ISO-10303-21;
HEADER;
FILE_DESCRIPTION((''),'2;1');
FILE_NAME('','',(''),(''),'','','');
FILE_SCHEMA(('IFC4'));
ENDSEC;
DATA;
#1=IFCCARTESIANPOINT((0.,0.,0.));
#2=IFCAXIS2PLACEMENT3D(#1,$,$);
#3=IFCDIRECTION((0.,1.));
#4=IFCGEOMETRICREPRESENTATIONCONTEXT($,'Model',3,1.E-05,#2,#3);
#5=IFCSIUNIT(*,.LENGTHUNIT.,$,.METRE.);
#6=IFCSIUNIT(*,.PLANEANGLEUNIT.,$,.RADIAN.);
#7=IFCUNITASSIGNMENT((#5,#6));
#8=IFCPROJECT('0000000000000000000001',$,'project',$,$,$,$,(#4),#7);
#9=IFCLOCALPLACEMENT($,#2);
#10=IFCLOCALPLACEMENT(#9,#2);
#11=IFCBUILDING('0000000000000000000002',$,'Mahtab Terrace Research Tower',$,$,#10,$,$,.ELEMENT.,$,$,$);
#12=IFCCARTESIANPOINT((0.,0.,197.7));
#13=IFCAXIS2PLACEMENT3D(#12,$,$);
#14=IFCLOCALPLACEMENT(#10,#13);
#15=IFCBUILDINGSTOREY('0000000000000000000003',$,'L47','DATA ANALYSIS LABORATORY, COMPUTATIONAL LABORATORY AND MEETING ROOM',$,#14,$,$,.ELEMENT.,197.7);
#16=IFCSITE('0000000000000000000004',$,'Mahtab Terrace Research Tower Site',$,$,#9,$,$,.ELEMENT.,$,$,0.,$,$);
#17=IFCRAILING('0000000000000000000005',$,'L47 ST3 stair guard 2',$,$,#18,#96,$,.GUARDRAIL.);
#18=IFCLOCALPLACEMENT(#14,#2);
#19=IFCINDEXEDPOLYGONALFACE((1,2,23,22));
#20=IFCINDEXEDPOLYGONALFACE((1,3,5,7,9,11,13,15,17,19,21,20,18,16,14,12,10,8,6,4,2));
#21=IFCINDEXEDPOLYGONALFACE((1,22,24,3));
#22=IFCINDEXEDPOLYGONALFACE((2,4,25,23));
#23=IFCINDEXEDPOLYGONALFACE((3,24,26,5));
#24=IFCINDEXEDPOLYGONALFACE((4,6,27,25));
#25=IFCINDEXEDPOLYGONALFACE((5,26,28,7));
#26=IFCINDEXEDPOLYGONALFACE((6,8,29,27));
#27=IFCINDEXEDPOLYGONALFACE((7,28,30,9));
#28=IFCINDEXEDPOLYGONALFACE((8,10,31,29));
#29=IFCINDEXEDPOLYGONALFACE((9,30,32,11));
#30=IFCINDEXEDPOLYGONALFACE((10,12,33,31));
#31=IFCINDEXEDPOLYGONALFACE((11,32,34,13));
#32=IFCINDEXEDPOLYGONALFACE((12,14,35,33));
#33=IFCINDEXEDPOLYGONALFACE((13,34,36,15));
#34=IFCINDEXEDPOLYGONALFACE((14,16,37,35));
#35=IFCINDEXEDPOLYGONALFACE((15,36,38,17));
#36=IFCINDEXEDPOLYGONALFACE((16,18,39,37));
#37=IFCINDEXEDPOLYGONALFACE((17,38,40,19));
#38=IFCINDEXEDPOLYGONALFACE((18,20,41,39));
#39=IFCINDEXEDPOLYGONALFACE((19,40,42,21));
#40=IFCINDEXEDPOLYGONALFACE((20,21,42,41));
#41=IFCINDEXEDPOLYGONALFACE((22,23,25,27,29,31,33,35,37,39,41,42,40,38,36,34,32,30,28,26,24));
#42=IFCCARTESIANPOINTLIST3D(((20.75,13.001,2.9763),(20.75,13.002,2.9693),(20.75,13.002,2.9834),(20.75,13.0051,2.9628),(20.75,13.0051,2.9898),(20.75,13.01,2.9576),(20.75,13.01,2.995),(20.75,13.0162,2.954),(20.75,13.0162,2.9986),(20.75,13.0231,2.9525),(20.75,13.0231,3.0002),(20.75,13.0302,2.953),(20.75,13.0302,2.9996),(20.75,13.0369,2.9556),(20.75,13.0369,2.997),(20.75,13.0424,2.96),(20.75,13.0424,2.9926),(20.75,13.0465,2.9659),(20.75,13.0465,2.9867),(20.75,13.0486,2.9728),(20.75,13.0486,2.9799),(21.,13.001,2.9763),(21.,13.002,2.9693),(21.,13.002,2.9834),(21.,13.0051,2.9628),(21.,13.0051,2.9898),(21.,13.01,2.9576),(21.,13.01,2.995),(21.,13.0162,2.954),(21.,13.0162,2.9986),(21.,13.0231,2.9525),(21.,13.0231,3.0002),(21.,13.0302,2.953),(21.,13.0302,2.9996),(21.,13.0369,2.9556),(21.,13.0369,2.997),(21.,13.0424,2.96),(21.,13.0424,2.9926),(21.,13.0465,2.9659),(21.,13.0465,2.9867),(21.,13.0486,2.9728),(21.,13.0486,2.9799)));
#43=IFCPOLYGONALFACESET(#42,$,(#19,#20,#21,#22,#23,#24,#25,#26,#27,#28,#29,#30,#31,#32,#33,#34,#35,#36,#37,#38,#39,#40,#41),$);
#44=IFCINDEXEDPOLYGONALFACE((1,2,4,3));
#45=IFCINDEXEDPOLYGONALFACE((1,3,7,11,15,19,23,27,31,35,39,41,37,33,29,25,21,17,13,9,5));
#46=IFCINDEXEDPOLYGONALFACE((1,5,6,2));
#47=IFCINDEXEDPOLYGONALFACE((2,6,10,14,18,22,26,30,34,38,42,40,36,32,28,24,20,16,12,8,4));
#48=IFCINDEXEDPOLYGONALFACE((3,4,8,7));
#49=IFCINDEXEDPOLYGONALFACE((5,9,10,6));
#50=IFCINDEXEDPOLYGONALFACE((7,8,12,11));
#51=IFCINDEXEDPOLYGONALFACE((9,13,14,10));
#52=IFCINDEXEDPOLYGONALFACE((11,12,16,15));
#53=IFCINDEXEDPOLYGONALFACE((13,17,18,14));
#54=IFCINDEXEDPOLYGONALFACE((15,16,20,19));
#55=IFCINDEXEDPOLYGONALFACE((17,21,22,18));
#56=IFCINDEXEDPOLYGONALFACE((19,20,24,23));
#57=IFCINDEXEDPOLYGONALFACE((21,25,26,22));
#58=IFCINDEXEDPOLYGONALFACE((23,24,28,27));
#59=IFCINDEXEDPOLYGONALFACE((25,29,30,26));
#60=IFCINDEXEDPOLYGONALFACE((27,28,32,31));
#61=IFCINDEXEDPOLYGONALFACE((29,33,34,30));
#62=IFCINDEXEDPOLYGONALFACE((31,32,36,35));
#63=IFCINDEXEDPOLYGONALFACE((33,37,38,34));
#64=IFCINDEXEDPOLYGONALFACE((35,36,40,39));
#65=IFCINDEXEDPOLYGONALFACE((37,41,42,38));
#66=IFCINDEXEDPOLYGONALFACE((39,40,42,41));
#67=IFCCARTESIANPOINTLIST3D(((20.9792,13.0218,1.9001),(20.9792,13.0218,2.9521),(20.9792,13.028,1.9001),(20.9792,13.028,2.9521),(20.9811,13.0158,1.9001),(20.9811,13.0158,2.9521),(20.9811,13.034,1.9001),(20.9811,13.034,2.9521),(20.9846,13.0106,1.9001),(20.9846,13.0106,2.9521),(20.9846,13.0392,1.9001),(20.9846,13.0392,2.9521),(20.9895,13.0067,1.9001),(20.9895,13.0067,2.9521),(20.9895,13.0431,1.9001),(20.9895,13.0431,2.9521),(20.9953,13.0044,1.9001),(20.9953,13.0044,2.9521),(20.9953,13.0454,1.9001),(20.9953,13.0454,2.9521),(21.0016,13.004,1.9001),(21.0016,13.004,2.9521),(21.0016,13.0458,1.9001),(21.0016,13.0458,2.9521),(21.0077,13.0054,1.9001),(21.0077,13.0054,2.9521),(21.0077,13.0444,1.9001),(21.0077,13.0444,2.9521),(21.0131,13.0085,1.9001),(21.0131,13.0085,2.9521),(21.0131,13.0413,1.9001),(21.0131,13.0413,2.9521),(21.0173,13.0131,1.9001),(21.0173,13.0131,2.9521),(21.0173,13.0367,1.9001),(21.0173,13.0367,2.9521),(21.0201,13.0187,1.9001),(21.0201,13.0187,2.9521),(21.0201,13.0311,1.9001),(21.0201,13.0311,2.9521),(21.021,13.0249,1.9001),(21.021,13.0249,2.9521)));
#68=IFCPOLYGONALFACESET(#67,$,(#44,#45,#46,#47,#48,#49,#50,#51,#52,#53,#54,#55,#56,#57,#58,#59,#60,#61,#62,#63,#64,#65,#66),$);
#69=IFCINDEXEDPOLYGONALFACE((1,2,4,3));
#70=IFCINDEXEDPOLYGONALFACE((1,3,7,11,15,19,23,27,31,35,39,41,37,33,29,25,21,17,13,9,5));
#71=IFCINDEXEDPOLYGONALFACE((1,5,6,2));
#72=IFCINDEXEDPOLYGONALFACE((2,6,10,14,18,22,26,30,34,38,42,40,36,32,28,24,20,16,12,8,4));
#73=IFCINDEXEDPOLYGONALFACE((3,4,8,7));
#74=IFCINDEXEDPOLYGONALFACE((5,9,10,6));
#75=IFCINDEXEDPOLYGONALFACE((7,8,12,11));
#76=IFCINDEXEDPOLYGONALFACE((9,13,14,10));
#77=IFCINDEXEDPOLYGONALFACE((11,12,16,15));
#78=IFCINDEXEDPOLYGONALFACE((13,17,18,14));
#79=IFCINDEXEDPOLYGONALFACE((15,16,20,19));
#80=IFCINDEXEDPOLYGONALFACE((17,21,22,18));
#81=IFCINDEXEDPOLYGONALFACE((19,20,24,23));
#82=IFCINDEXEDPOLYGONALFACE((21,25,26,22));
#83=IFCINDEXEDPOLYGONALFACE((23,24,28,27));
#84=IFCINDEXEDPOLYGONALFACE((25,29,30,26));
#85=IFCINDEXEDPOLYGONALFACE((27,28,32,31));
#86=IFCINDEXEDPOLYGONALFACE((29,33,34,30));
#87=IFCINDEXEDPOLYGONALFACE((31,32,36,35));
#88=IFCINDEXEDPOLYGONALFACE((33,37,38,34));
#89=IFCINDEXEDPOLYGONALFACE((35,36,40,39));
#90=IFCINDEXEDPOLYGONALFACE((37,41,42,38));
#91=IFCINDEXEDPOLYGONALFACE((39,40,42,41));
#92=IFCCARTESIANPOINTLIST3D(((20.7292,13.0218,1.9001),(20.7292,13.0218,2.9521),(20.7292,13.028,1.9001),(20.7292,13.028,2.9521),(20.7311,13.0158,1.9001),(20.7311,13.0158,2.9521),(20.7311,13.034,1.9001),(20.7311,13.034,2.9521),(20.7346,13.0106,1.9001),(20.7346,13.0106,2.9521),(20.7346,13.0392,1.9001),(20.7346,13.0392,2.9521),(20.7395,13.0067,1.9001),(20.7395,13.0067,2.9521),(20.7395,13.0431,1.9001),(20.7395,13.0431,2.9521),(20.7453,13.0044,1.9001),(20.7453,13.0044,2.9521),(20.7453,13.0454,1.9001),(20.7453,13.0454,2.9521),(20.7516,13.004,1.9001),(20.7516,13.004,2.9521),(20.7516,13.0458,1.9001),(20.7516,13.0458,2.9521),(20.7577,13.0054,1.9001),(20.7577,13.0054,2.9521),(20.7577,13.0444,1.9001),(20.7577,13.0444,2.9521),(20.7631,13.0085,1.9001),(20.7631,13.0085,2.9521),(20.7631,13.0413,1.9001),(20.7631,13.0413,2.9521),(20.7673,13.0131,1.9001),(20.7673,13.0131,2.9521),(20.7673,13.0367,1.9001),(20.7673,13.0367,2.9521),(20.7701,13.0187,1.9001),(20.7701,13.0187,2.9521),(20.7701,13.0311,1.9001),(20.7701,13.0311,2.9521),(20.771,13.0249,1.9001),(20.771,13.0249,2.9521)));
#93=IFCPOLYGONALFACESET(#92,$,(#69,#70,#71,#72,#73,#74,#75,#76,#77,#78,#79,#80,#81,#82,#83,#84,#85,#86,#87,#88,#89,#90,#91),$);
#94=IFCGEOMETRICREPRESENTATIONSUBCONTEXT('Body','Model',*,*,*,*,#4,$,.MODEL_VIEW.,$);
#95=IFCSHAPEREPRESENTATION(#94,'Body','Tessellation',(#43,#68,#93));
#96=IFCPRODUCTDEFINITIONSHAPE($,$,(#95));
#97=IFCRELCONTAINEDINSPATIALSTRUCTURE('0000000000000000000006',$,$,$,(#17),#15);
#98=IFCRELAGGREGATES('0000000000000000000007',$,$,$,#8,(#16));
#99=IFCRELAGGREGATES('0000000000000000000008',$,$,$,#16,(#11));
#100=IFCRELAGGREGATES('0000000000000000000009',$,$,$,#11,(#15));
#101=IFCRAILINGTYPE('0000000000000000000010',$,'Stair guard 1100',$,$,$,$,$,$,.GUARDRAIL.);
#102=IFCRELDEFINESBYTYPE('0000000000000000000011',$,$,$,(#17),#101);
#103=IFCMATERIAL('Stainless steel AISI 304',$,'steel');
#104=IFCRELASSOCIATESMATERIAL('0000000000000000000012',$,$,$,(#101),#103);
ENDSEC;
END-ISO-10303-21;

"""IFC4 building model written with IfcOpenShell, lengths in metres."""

from ifc_helpers import new_model, si_unit, direction, frame, origin, origin_2d, place, context, subcontext, project, spatial, circle, extrude, material, type_object, element, save


model = new_model("IFC4")

# Units and contexts
model_context = context("Model", 3, precision=1e-05, world=origin(), true_north=direction((0.0, 1.0)))
body_context = subcontext(model_context, "Body", "Model", "MODEL_VIEW")
ifc_project = project(units=[si_unit("LENGTHUNIT", "METRE"), si_unit("PLANEANGLEUNIT", "RADIAN")], contexts=[model_context])

# Site, building, storey
site_placement = place(None, origin())
site = spatial("IfcSite", under=ifc_project, at=site_placement, Name="Mahtab Terrace Research Tower Site", CompositionType="ELEMENT", RefElevation=0.0)
building_placement = place(site_placement, origin())
building = spatial("IfcBuilding", under=site, at=building_placement, Name="Mahtab Terrace Research Tower", CompositionType="ELEMENT")
storey_placement = place(building_placement, frame((0.0, 0.0, 197.7)))
storey = spatial("IfcBuildingStorey", under=building, at=storey_placement, Name="L47", Description="DATA ANALYSIS LABORATORY, COMPUTATIONAL LABORATORY AND MEETING ROOM", CompositionType="ELEMENT", Elevation=197.7)

# Shared definitions
ifc_material_1 = material(Name="Stainless steel AISI 304", Category="steel")

# Railing
railing_type_1 = type_object("IfcRailingType", Name="Stair guard 1100", PredefinedType="GUARDRAIL", material=ifc_material_1)
railing_1_placement = place(storey_placement, frame((21.0, 13.0249, 1.9001)))
element("IfcRailing", 1, at=railing_1_placement, inside=storey, type_object=railing_type_1, Name="L47 ST3 stair guard 2", PredefinedType="GUARDRAIL", context=body_context, shape_type="SweptSolid", body=[
    extrude(circle(Radius=0.0239, at=origin_2d()), frame((0.0, 0.0, 1.0762), z_axis=(-1.0, 0.0, 0.0), x_axis=(0.0, -1.0, 0.0)), (0.0, 0.0, 1.0), 0.25),
    extrude(circle(Radius=0.021, at=origin_2d()), origin(), (0.0, 0.0, 1.0), 1.052),
    extrude(circle(Radius=0.021, at=origin_2d()), frame((-0.25, 0.0, 0.0)), (0.0, 0.0, 1.0), 1.052),
])

save(model, "model.ifc")
